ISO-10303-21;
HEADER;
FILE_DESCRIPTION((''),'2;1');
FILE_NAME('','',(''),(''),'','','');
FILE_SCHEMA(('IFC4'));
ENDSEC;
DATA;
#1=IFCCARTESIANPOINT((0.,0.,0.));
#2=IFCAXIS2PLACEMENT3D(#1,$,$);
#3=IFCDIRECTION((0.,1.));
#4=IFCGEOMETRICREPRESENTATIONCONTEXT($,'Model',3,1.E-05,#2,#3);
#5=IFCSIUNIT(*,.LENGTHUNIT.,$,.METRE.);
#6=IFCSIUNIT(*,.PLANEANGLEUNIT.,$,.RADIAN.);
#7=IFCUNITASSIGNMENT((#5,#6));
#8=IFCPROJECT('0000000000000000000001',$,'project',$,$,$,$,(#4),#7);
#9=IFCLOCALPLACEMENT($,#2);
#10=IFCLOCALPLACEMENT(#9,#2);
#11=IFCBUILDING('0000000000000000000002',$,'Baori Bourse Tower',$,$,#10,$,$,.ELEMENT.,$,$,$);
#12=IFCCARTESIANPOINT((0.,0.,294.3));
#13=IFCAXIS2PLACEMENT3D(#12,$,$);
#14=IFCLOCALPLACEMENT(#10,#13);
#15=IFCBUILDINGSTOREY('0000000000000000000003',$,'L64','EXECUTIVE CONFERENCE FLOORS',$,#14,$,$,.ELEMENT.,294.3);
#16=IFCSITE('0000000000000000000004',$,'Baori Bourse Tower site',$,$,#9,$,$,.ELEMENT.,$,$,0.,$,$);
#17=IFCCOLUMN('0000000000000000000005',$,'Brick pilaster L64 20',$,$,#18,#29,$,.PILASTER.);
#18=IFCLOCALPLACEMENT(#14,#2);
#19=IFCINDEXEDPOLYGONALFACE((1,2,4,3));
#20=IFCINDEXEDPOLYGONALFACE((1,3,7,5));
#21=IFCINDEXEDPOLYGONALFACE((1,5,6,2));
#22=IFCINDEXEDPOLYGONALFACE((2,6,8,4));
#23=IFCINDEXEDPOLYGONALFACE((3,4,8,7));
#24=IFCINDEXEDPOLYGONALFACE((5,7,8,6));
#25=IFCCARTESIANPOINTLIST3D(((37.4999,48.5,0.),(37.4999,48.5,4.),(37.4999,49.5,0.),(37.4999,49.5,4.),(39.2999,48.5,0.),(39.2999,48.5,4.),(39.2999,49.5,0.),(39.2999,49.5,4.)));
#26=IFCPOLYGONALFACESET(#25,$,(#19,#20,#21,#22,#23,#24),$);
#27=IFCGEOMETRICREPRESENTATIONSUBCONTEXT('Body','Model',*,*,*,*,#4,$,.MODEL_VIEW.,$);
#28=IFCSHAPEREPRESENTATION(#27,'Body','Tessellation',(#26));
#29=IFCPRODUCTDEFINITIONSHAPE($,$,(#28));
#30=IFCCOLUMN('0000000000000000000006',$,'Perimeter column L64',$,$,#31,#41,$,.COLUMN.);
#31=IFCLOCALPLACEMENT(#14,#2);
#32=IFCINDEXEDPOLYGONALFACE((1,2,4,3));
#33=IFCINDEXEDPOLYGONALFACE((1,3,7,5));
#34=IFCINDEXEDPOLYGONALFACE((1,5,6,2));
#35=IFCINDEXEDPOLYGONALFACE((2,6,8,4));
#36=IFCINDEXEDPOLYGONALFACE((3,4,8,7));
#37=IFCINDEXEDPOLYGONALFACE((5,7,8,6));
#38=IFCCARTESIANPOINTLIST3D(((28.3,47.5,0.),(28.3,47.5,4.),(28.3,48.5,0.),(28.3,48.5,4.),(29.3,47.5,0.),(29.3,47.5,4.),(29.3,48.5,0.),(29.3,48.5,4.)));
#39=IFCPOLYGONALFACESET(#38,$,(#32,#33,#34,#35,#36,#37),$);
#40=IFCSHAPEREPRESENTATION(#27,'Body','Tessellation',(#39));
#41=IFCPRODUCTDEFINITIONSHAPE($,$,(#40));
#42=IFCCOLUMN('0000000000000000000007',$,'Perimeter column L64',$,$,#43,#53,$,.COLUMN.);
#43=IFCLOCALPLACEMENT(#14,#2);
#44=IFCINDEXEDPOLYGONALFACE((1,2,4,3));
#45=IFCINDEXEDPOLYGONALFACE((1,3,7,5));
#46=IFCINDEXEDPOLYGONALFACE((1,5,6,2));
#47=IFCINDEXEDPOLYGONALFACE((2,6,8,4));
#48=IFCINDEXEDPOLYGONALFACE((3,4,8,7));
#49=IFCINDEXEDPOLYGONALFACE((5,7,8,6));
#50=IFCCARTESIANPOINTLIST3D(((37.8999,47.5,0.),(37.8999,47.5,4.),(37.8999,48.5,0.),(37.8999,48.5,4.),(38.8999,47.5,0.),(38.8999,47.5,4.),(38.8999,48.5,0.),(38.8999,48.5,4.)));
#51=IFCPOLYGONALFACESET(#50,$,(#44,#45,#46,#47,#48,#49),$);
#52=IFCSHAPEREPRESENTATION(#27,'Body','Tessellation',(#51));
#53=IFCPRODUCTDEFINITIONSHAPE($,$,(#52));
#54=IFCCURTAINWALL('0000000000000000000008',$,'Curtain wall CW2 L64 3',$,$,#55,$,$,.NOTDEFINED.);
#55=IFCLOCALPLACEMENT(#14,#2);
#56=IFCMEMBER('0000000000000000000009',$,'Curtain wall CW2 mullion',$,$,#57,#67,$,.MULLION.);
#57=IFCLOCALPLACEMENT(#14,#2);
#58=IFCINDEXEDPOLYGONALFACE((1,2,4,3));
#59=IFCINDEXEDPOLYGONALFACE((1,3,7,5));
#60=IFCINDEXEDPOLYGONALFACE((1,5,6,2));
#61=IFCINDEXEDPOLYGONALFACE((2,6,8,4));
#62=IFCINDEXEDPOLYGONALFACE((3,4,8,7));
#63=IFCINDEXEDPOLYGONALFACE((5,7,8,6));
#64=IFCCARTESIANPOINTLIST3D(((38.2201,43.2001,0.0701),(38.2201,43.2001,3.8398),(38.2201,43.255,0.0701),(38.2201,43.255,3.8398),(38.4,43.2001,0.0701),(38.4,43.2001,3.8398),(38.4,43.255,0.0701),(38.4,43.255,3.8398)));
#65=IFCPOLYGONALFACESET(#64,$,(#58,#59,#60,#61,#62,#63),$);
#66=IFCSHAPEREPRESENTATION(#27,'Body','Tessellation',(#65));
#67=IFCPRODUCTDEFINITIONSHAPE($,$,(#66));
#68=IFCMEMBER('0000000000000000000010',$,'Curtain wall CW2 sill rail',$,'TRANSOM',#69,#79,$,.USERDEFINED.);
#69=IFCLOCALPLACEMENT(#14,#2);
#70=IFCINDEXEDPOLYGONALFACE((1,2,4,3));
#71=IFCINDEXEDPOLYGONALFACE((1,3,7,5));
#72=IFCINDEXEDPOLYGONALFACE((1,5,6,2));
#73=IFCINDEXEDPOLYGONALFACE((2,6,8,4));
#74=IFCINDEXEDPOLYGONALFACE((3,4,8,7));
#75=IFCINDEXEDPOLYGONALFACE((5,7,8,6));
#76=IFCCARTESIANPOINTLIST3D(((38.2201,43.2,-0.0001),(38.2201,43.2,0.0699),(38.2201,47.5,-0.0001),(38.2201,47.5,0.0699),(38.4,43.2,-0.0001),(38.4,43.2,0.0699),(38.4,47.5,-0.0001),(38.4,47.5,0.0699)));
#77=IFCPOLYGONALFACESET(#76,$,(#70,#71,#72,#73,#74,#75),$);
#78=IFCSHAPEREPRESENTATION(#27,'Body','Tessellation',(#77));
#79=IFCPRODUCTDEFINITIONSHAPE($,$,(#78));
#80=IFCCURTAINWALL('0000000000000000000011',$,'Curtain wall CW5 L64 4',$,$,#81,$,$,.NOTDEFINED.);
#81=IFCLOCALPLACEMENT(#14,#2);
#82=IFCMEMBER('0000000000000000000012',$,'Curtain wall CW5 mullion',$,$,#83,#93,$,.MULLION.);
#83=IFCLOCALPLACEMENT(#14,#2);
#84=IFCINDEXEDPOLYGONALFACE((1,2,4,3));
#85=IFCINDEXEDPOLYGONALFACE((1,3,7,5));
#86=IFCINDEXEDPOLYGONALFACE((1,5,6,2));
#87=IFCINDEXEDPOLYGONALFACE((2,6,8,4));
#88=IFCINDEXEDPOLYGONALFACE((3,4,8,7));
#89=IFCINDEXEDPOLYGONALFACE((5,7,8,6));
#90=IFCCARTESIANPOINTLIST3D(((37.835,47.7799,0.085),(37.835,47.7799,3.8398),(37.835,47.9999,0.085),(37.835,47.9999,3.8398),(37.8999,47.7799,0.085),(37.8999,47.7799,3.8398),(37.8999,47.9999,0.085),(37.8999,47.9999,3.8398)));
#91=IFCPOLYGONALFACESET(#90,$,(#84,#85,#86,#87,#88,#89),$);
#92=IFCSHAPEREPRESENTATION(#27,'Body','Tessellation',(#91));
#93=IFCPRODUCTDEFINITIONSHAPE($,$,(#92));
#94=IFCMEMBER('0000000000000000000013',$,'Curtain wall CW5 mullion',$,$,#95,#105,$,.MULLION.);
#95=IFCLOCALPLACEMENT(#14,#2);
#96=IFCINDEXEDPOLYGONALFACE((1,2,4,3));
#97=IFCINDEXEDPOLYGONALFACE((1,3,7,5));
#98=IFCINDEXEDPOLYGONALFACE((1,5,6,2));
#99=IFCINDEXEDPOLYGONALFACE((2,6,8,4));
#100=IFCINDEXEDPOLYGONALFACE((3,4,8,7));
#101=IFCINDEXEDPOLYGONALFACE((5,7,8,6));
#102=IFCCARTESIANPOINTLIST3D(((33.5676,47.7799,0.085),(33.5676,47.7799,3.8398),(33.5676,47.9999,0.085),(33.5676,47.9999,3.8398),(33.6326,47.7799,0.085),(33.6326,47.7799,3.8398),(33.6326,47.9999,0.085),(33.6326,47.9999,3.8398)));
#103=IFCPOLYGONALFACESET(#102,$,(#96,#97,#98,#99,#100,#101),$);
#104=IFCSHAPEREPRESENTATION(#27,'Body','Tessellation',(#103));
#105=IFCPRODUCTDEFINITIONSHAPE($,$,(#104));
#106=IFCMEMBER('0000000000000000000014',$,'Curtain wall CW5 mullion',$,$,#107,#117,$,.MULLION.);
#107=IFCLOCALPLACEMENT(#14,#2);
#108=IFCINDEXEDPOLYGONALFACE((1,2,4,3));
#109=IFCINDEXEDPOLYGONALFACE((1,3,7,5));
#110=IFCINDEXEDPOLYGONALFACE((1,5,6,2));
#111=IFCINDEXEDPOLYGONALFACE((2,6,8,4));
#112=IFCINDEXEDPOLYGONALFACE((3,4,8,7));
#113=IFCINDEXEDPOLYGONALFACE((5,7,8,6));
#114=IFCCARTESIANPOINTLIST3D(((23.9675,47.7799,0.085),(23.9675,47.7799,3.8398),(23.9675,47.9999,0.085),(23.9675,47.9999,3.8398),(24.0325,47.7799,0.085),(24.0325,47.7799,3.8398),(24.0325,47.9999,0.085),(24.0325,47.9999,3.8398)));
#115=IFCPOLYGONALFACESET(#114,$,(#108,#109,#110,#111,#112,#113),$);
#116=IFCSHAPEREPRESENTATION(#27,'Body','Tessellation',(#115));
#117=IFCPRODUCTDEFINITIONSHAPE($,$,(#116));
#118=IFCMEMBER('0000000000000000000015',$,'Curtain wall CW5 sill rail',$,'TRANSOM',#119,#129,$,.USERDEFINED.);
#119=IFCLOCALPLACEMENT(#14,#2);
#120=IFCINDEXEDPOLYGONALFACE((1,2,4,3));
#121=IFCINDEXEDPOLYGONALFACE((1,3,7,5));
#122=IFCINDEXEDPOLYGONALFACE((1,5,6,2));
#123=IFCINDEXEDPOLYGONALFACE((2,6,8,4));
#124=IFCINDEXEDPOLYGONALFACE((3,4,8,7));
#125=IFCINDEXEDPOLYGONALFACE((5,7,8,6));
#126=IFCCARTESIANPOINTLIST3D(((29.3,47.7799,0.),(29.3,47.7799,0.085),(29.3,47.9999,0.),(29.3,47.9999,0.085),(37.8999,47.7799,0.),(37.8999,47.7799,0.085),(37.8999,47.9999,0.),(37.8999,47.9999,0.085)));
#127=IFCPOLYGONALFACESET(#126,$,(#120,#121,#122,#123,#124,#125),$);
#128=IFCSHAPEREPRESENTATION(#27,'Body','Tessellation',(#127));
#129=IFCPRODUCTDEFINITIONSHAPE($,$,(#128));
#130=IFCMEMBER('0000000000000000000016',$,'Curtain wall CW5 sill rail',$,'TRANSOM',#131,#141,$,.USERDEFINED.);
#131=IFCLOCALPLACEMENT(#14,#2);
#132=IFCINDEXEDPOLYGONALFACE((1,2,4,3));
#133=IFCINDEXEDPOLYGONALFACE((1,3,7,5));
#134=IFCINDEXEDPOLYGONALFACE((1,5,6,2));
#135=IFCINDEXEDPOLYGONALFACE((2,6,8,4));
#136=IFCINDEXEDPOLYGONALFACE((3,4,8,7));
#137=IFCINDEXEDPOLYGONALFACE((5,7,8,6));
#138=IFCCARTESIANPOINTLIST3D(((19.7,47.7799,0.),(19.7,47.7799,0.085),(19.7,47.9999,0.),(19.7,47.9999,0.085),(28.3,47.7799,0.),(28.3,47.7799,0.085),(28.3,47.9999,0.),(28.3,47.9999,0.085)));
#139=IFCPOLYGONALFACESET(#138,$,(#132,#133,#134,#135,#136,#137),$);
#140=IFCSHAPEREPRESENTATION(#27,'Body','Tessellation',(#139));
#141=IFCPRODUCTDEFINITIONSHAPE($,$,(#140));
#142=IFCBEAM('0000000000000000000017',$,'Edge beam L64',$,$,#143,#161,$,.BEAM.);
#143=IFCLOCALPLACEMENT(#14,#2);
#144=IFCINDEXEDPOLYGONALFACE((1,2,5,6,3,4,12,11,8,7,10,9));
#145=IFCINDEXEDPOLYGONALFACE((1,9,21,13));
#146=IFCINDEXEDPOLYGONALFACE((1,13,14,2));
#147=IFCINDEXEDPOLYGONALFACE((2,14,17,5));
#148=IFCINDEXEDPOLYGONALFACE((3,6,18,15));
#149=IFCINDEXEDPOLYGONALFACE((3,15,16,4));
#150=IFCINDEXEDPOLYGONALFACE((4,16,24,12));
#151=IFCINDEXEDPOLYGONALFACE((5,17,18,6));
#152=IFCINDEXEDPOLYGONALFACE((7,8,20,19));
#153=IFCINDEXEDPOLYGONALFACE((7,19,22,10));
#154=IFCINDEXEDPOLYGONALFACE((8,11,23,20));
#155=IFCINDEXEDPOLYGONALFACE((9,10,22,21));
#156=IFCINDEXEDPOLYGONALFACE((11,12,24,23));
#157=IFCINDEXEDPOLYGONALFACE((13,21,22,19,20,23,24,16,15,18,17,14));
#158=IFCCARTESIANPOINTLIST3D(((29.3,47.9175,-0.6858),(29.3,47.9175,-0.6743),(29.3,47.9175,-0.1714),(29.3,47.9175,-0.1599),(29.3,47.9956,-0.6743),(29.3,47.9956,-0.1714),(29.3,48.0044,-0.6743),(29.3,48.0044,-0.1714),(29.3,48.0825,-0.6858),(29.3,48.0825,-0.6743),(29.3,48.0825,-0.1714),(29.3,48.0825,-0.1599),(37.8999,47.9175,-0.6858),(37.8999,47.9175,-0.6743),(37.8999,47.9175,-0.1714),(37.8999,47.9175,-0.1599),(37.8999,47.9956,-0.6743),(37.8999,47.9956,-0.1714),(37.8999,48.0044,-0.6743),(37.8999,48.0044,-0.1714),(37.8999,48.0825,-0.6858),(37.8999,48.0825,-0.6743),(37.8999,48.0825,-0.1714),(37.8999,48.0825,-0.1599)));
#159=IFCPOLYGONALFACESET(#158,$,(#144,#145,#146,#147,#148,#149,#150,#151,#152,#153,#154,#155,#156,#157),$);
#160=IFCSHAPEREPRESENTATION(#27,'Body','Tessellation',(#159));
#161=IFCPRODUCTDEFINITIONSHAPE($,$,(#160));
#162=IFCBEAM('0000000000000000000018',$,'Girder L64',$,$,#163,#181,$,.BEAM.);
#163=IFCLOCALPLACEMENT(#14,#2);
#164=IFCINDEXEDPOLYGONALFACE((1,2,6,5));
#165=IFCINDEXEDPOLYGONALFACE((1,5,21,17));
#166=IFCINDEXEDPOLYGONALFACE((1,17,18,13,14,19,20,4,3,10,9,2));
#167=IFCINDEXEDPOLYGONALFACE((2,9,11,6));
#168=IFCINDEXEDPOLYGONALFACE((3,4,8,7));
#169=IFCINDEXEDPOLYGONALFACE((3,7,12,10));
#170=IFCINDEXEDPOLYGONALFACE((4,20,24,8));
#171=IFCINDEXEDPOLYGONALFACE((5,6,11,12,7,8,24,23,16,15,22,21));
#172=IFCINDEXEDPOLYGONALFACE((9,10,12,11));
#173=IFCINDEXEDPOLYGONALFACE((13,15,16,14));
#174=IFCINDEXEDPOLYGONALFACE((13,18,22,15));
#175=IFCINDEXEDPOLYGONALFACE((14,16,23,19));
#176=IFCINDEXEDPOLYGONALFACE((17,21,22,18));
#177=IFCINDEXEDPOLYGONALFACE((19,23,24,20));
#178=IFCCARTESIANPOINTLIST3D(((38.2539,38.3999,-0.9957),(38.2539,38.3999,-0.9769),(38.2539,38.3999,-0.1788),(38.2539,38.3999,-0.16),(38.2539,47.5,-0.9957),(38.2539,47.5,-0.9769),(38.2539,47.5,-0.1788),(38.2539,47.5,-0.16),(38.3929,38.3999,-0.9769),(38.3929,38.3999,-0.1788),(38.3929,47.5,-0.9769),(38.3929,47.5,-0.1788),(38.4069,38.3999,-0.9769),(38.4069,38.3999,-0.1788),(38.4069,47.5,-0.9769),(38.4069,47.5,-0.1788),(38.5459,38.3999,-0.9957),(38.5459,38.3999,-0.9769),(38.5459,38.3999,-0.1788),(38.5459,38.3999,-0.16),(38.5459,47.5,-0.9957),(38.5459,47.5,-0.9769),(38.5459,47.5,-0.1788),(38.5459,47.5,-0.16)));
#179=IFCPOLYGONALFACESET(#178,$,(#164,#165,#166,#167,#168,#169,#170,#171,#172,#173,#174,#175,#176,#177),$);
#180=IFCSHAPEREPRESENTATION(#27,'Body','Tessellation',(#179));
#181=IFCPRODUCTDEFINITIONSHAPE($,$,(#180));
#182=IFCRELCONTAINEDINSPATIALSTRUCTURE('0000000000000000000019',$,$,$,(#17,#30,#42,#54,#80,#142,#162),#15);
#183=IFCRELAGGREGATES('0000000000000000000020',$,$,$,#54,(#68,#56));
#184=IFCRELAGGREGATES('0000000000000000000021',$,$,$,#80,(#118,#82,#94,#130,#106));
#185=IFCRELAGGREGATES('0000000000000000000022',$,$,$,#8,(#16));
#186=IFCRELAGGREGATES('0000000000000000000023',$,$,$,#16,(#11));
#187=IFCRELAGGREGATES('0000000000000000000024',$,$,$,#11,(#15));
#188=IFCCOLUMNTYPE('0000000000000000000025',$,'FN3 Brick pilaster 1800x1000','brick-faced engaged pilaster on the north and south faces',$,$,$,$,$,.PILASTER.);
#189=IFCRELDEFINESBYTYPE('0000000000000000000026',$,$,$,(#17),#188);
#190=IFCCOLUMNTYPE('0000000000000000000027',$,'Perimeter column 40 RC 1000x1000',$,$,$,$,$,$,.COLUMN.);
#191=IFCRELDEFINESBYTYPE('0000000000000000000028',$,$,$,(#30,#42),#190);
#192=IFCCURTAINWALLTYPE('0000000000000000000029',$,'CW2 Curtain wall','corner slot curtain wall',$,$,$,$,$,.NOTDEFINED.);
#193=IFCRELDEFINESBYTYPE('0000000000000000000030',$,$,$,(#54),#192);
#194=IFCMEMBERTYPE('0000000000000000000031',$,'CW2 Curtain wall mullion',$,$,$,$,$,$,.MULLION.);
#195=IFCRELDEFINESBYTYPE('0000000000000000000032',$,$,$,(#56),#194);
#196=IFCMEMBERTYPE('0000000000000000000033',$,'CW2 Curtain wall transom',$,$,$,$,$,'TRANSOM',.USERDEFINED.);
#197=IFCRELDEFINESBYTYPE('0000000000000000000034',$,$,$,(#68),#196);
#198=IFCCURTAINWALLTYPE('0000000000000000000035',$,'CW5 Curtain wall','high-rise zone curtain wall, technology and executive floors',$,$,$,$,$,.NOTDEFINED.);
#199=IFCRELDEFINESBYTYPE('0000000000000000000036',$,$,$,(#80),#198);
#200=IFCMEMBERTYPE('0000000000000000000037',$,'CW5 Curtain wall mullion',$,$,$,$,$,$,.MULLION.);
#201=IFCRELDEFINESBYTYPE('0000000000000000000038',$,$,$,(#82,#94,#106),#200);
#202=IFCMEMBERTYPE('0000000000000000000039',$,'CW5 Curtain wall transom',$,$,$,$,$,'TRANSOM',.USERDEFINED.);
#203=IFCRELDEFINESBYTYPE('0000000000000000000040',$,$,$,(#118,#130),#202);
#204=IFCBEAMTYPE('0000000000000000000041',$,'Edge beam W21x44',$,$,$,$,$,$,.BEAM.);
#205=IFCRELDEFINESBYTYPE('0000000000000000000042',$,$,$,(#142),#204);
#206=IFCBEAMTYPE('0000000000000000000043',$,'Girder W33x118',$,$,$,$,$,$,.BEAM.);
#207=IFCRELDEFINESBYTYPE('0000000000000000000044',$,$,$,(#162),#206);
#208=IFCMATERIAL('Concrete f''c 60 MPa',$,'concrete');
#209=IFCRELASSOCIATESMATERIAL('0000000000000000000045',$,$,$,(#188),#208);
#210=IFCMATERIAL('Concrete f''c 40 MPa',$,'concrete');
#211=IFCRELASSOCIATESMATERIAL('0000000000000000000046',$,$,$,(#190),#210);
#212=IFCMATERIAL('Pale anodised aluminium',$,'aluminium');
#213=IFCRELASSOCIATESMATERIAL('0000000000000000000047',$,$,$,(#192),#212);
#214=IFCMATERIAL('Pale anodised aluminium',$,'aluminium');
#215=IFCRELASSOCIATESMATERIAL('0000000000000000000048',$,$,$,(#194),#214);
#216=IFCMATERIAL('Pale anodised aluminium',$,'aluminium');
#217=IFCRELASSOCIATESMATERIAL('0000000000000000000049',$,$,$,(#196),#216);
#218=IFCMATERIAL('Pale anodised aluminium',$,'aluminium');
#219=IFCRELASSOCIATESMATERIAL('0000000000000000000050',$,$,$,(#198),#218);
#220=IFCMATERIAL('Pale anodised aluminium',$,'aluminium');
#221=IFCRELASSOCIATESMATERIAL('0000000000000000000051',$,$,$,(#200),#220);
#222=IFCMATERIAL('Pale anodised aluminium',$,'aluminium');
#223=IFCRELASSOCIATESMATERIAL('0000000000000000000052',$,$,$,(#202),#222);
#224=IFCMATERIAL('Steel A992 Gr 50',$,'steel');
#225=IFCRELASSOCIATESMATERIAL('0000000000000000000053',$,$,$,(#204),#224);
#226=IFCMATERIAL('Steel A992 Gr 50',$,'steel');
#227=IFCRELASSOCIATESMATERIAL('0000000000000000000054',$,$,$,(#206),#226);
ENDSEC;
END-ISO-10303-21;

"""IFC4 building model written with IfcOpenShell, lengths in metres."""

from ifc_helpers import new_model, si_unit, direction, frame, origin, origin_2d, place, context, subcontext, project, spatial, rectangle, i_section, extrude, material, material_profile, profile_set, type_object, element, aggregate, save


model = new_model("IFC4")

# Units and contexts
model_context = context("Model", 3, precision=1e-05, world=origin(), true_north=direction((0.0, 1.0)))
body_context = subcontext(model_context, "Body", "Model", "MODEL_VIEW")
ifc_project = project(units=[si_unit("LENGTHUNIT", "METRE"), si_unit("PLANEANGLEUNIT", "RADIAN")], contexts=[model_context])

# Site, building, storey
site_placement = place(None, origin())
site = spatial("IfcSite", under=ifc_project, at=site_placement, Name="Baori Bourse Tower site", CompositionType="ELEMENT", RefElevation=0.0)
building_placement = place(site_placement, origin())
building = spatial("IfcBuilding", under=site, at=building_placement, Name="Baori Bourse Tower", CompositionType="ELEMENT")
storey_placement = place(building_placement, frame((0.0, 0.0, 294.3)))
storey = spatial("IfcBuildingStorey", under=building, at=storey_placement, Name="L64", Description="EXECUTIVE CONFERENCE FLOORS", CompositionType="ELEMENT", Elevation=294.3)

# Columns
ifc_material_1 = material(Name="Concrete f'c 60 MPa", Category="concrete")
ifc_material_profile_1 = material_profile(ifc_material_1, rectangle(XDim=1.8, YDim=1.0, at=origin_2d()), Name="RC 1800x1000")
ifc_profile_set_1 = profile_set([ifc_material_profile_1], Name="Concrete f'c 60 MPa")
column_type_1 = type_object("IfcColumnType", Name="FN3 Brick pilaster 1800x1000", Description="brick-faced engaged pilaster on the north and south faces", PredefinedType="PILASTER", material=ifc_profile_set_1)
column_placement = place(storey_placement, frame((38.3999, 49.0, 0.0), z_axis=(0.0, 0.0, 1.0), x_axis=(1.0, 0.0, 0.0)))
element("IfcColumn", 1, at=column_placement, inside=storey, type_object=column_type_1, Name="Brick pilaster L64 20", PredefinedType="PILASTER", context=body_context, shape_type="SweptSolid", body=[
    extrude(rectangle(XDim=1.8, YDim=1.0, at=origin_2d()), origin(), (0.0, 0.0, 1.0), 4.0),
])
ifc_material_2 = material(Name="Concrete f'c 40 MPa", Category="concrete")
ifc_material_profile_2 = material_profile(ifc_material_2, rectangle(XDim=1.0, YDim=1.0, at=origin_2d()), Name="RC 1000x1000")
ifc_profile_set_2 = profile_set([ifc_material_profile_2], Name="Concrete f'c 40 MPa")
column_type_2 = type_object("IfcColumnType", Name="Perimeter column 40 RC 1000x1000", PredefinedType="COLUMN", material=ifc_profile_set_2)
for number, where, z_axis, x_axis, name in (
    (2, (28.8, 48.0, 0.0), (0.0, 0.0, 1.0), (1.0, 0.0, 0.0), "Perimeter column L64"),
    (3, (38.3999, 48.0, 0.0), (0.0, 0.0, 1.0), (1.0, 0.0, 0.0), "Perimeter column L64"),
):
    element("IfcColumn", number, at=place(storey_placement, frame(where, z_axis=z_axis, x_axis=x_axis)), inside=storey, type_object=column_type_2, Name=name, PredefinedType="COLUMN", context=body_context, shape_type="SweptSolid", body=[
        extrude(rectangle(XDim=1.0, YDim=1.0, at=origin_2d()), origin(), (0.0, 0.0, 1.0), 4.0),
    ])

# Curtain walls, members
ifc_material_3 = material(Name="Pale anodised aluminium", Category="aluminium")
curtain_wall_type_1 = type_object("IfcCurtainWallType", Name="CW2 Curtain wall", Description="corner slot curtain wall", PredefinedType="NOTDEFINED", material=ifc_material_3)
curtain_wall_1_placement = place(storey_placement, origin())
curtain_wall_1 = element("IfcCurtainWall", 4, at=curtain_wall_1_placement, inside=storey, type_object=curtain_wall_type_1, Name="Curtain wall CW2 L64 3", PredefinedType="NOTDEFINED")
ifc_material_4 = material(Name="Pale anodised aluminium", Category="aluminium")
ifc_material_profile_3 = material_profile(ifc_material_4, rectangle(XDim=0.1799, YDim=0.0549, at=origin_2d()), Name="Mullion 55x180")
ifc_profile_set_3 = profile_set([ifc_material_profile_3], Name="Pale anodised aluminium")
member_type_1 = type_object("IfcMemberType", Name="CW2 Curtain wall mullion", PredefinedType="MULLION", material=ifc_profile_set_3)
member_1_placement = place(storey_placement, frame((38.3101, 43.2275, 0.0701), z_axis=(0.0, 0.0, 1.0), x_axis=(-1.0, 0.0, 0.0)))
member_1 = element("IfcMember", 5, at=member_1_placement, type_object=member_type_1, Name="Curtain wall CW2 mullion", PredefinedType="MULLION", context=body_context, shape_type="SweptSolid", body=[
    extrude(rectangle(XDim=0.1799, YDim=0.0549, at=origin_2d()), origin(), (0.0, 0.0, 1.0), 3.7698),
])
ifc_material_5 = material(Name="Pale anodised aluminium", Category="aluminium")
ifc_material_profile_4 = material_profile(ifc_material_5, rectangle(XDim=0.1799, YDim=0.0701, at=origin_2d()), Name="Transom 70x180")
ifc_profile_set_4 = profile_set([ifc_material_profile_4], Name="Pale anodised aluminium")
member_type_2 = type_object("IfcMemberType", Name="CW2 Curtain wall transom", ElementType="TRANSOM", PredefinedType="USERDEFINED", material=ifc_profile_set_4)
member_2_placement = place(storey_placement, frame((38.3101, 43.2, 0.0349), z_axis=(0.0, 1.0, 0.0), x_axis=(-1.0, 0.0, 0.0)))
member_2 = element("IfcMember", 6, at=member_2_placement, type_object=member_type_2, Name="Curtain wall CW2 sill rail", ObjectType="TRANSOM", PredefinedType="USERDEFINED", context=body_context, shape_type="SweptSolid", body=[
    extrude(rectangle(XDim=0.1799, YDim=0.0701, at=origin_2d()), origin(), (0.0, 0.0, 1.0), 4.3),
])
ifc_material_6 = material(Name="Pale anodised aluminium", Category="aluminium")
curtain_wall_type_2 = type_object("IfcCurtainWallType", Name="CW5 Curtain wall", Description="high-rise zone curtain wall, technology and executive floors", PredefinedType="NOTDEFINED", material=ifc_material_6)
curtain_wall_2_placement = place(storey_placement, origin())
curtain_wall_2 = element("IfcCurtainWall", 7, at=curtain_wall_2_placement, inside=storey, type_object=curtain_wall_type_2, Name="Curtain wall CW5 L64 4", PredefinedType="NOTDEFINED")
ifc_material_7 = material(Name="Pale anodised aluminium", Category="aluminium")
ifc_material_profile_5 = material_profile(ifc_material_7, rectangle(XDim=0.22, YDim=0.0649, at=origin_2d()), Name="Mullion 65x220")
ifc_profile_set_5 = profile_set([ifc_material_profile_5], Name="Pale anodised aluminium")
member_type_3 = type_object("IfcMemberType", Name="CW5 Curtain wall mullion", PredefinedType="MULLION", material=ifc_profile_set_5)
member_3_placement = place(storey_placement, frame((37.8674, 47.8899, 0.085), z_axis=(0.0, 0.0, 1.0), x_axis=(0.0, -1.0, 0.0)))
member_3 = element("IfcMember", 8, at=member_3_placement, type_object=member_type_3, Name="Curtain wall CW5 mullion", PredefinedType="MULLION", context=body_context, shape_type="SweptSolid", body=[
    extrude(rectangle(XDim=0.22, YDim=0.0649, at=origin_2d()), origin(), (0.0, 0.0, 1.0), 3.7549),
])
member_4_placement = place(storey_placement, frame((33.6001, 47.8899, 0.085), z_axis=(0.0, 0.0, 1.0), x_axis=(0.0, -1.0, 0.0)))
member_4 = element("IfcMember", 9, at=member_4_placement, type_object=member_type_3, Name="Curtain wall CW5 mullion", PredefinedType="MULLION", context=body_context, shape_type="SweptSolid", body=[
    extrude(rectangle(XDim=0.22, YDim=0.0649, at=origin_2d()), origin(), (0.0, 0.0, 1.0), 3.7549),
])
member_5_placement = place(storey_placement, frame((24.0, 47.8899, 0.085), z_axis=(0.0, 0.0, 1.0), x_axis=(0.0, -1.0, 0.0)))
member_5 = element("IfcMember", 10, at=member_5_placement, type_object=member_type_3, Name="Curtain wall CW5 mullion", PredefinedType="MULLION", context=body_context, shape_type="SweptSolid", body=[
    extrude(rectangle(XDim=0.22, YDim=0.0649, at=origin_2d()), origin(), (0.0, 0.0, 1.0), 3.7549),
])
ifc_material_8 = material(Name="Pale anodised aluminium", Category="aluminium")
ifc_material_profile_6 = material_profile(ifc_material_8, rectangle(XDim=0.22, YDim=0.085, at=origin_2d()), Name="Transom 85x220")
ifc_profile_set_6 = profile_set([ifc_material_profile_6], Name="Pale anodised aluminium")
member_type_4 = type_object("IfcMemberType", Name="CW5 Curtain wall transom", ElementType="TRANSOM", PredefinedType="USERDEFINED", material=ifc_profile_set_6)
member_6_placement = place(storey_placement, frame((37.8999, 47.8899, 0.0425), z_axis=(-1.0, 0.0, 0.0), x_axis=(0.0, -1.0, 0.0)))
member_6 = element("IfcMember", 11, at=member_6_placement, type_object=member_type_4, Name="Curtain wall CW5 sill rail", ObjectType="TRANSOM", PredefinedType="USERDEFINED", context=body_context, shape_type="SweptSolid", body=[
    extrude(rectangle(XDim=0.22, YDim=0.085, at=origin_2d()), origin(), (0.0, 0.0, 1.0), 8.5999),
])
member_7_placement = place(storey_placement, frame((28.3, 47.8899, 0.0425), z_axis=(-1.0, 0.0, 0.0), x_axis=(0.0, -1.0, 0.0)))
member_7 = element("IfcMember", 12, at=member_7_placement, type_object=member_type_4, Name="Curtain wall CW5 sill rail", ObjectType="TRANSOM", PredefinedType="USERDEFINED", context=body_context, shape_type="SweptSolid", body=[
    extrude(rectangle(XDim=0.22, YDim=0.085, at=origin_2d()), origin(), (0.0, 0.0, 1.0), 8.6001),
])

# Beams
ifc_material_9 = material(Name="Steel A992 Gr 50", Category="steel")
ifc_material_profile_7 = material_profile(ifc_material_9, i_section(OverallWidth=0.165, OverallDepth=0.5259, WebThickness=0.0088, FlangeThickness=0.0115, at=origin_2d()), Name="W21x44")
ifc_profile_set_7 = profile_set([ifc_material_profile_7], Name="Steel A992 Gr 50")
beam_type_1 = type_object("IfcBeamType", Name="Edge beam W21x44", PredefinedType="BEAM", material=ifc_profile_set_7)
beam_1_placement = place(storey_placement, frame((29.3, 48.0, -0.4229), z_axis=(1.0, 0.0, 0.0), x_axis=(0.0, 1.0, 0.0)))
element("IfcBeam", 13, at=beam_1_placement, inside=storey, type_object=beam_type_1, Name="Edge beam L64", PredefinedType="BEAM", context=body_context, shape_type="SweptSolid", body=[
    extrude(i_section(OverallWidth=0.165, OverallDepth=0.5259, WebThickness=0.0088, FlangeThickness=0.0115, at=origin_2d()), origin(), (0.0, 0.0, 1.0), 8.5999),
])
ifc_material_10 = material(Name="Steel A992 Gr 50", Category="steel")
ifc_material_profile_8 = material_profile(ifc_material_10, i_section(OverallWidth=0.292, OverallDepth=0.8357, WebThickness=0.0139, FlangeThickness=0.0188, at=origin_2d()), Name="W33x118")
ifc_profile_set_8 = profile_set([ifc_material_profile_8], Name="Steel A992 Gr 50")
beam_type_2 = type_object("IfcBeamType", Name="Girder W33x118", PredefinedType="BEAM", material=ifc_profile_set_8)
beam_2_placement = place(storey_placement, frame((38.3999, 38.3999, -0.5779), z_axis=(0.0, 1.0, 0.0), x_axis=(-1.0, 0.0, 0.0)))
element("IfcBeam", 14, at=beam_2_placement, inside=storey, type_object=beam_type_2, Name="Girder L64", PredefinedType="BEAM", context=body_context, shape_type="SweptSolid", body=[
    extrude(i_section(OverallWidth=0.292, OverallDepth=0.8357, WebThickness=0.0139, FlangeThickness=0.0188, at=origin_2d()), origin(), (0.0, 0.0, 1.0), 9.1001),
])

aggregate(curtain_wall_1, [member_2, member_1])
aggregate(curtain_wall_2, [member_6, member_3, member_4, member_7, member_5])

save(model, "model.ifc")
